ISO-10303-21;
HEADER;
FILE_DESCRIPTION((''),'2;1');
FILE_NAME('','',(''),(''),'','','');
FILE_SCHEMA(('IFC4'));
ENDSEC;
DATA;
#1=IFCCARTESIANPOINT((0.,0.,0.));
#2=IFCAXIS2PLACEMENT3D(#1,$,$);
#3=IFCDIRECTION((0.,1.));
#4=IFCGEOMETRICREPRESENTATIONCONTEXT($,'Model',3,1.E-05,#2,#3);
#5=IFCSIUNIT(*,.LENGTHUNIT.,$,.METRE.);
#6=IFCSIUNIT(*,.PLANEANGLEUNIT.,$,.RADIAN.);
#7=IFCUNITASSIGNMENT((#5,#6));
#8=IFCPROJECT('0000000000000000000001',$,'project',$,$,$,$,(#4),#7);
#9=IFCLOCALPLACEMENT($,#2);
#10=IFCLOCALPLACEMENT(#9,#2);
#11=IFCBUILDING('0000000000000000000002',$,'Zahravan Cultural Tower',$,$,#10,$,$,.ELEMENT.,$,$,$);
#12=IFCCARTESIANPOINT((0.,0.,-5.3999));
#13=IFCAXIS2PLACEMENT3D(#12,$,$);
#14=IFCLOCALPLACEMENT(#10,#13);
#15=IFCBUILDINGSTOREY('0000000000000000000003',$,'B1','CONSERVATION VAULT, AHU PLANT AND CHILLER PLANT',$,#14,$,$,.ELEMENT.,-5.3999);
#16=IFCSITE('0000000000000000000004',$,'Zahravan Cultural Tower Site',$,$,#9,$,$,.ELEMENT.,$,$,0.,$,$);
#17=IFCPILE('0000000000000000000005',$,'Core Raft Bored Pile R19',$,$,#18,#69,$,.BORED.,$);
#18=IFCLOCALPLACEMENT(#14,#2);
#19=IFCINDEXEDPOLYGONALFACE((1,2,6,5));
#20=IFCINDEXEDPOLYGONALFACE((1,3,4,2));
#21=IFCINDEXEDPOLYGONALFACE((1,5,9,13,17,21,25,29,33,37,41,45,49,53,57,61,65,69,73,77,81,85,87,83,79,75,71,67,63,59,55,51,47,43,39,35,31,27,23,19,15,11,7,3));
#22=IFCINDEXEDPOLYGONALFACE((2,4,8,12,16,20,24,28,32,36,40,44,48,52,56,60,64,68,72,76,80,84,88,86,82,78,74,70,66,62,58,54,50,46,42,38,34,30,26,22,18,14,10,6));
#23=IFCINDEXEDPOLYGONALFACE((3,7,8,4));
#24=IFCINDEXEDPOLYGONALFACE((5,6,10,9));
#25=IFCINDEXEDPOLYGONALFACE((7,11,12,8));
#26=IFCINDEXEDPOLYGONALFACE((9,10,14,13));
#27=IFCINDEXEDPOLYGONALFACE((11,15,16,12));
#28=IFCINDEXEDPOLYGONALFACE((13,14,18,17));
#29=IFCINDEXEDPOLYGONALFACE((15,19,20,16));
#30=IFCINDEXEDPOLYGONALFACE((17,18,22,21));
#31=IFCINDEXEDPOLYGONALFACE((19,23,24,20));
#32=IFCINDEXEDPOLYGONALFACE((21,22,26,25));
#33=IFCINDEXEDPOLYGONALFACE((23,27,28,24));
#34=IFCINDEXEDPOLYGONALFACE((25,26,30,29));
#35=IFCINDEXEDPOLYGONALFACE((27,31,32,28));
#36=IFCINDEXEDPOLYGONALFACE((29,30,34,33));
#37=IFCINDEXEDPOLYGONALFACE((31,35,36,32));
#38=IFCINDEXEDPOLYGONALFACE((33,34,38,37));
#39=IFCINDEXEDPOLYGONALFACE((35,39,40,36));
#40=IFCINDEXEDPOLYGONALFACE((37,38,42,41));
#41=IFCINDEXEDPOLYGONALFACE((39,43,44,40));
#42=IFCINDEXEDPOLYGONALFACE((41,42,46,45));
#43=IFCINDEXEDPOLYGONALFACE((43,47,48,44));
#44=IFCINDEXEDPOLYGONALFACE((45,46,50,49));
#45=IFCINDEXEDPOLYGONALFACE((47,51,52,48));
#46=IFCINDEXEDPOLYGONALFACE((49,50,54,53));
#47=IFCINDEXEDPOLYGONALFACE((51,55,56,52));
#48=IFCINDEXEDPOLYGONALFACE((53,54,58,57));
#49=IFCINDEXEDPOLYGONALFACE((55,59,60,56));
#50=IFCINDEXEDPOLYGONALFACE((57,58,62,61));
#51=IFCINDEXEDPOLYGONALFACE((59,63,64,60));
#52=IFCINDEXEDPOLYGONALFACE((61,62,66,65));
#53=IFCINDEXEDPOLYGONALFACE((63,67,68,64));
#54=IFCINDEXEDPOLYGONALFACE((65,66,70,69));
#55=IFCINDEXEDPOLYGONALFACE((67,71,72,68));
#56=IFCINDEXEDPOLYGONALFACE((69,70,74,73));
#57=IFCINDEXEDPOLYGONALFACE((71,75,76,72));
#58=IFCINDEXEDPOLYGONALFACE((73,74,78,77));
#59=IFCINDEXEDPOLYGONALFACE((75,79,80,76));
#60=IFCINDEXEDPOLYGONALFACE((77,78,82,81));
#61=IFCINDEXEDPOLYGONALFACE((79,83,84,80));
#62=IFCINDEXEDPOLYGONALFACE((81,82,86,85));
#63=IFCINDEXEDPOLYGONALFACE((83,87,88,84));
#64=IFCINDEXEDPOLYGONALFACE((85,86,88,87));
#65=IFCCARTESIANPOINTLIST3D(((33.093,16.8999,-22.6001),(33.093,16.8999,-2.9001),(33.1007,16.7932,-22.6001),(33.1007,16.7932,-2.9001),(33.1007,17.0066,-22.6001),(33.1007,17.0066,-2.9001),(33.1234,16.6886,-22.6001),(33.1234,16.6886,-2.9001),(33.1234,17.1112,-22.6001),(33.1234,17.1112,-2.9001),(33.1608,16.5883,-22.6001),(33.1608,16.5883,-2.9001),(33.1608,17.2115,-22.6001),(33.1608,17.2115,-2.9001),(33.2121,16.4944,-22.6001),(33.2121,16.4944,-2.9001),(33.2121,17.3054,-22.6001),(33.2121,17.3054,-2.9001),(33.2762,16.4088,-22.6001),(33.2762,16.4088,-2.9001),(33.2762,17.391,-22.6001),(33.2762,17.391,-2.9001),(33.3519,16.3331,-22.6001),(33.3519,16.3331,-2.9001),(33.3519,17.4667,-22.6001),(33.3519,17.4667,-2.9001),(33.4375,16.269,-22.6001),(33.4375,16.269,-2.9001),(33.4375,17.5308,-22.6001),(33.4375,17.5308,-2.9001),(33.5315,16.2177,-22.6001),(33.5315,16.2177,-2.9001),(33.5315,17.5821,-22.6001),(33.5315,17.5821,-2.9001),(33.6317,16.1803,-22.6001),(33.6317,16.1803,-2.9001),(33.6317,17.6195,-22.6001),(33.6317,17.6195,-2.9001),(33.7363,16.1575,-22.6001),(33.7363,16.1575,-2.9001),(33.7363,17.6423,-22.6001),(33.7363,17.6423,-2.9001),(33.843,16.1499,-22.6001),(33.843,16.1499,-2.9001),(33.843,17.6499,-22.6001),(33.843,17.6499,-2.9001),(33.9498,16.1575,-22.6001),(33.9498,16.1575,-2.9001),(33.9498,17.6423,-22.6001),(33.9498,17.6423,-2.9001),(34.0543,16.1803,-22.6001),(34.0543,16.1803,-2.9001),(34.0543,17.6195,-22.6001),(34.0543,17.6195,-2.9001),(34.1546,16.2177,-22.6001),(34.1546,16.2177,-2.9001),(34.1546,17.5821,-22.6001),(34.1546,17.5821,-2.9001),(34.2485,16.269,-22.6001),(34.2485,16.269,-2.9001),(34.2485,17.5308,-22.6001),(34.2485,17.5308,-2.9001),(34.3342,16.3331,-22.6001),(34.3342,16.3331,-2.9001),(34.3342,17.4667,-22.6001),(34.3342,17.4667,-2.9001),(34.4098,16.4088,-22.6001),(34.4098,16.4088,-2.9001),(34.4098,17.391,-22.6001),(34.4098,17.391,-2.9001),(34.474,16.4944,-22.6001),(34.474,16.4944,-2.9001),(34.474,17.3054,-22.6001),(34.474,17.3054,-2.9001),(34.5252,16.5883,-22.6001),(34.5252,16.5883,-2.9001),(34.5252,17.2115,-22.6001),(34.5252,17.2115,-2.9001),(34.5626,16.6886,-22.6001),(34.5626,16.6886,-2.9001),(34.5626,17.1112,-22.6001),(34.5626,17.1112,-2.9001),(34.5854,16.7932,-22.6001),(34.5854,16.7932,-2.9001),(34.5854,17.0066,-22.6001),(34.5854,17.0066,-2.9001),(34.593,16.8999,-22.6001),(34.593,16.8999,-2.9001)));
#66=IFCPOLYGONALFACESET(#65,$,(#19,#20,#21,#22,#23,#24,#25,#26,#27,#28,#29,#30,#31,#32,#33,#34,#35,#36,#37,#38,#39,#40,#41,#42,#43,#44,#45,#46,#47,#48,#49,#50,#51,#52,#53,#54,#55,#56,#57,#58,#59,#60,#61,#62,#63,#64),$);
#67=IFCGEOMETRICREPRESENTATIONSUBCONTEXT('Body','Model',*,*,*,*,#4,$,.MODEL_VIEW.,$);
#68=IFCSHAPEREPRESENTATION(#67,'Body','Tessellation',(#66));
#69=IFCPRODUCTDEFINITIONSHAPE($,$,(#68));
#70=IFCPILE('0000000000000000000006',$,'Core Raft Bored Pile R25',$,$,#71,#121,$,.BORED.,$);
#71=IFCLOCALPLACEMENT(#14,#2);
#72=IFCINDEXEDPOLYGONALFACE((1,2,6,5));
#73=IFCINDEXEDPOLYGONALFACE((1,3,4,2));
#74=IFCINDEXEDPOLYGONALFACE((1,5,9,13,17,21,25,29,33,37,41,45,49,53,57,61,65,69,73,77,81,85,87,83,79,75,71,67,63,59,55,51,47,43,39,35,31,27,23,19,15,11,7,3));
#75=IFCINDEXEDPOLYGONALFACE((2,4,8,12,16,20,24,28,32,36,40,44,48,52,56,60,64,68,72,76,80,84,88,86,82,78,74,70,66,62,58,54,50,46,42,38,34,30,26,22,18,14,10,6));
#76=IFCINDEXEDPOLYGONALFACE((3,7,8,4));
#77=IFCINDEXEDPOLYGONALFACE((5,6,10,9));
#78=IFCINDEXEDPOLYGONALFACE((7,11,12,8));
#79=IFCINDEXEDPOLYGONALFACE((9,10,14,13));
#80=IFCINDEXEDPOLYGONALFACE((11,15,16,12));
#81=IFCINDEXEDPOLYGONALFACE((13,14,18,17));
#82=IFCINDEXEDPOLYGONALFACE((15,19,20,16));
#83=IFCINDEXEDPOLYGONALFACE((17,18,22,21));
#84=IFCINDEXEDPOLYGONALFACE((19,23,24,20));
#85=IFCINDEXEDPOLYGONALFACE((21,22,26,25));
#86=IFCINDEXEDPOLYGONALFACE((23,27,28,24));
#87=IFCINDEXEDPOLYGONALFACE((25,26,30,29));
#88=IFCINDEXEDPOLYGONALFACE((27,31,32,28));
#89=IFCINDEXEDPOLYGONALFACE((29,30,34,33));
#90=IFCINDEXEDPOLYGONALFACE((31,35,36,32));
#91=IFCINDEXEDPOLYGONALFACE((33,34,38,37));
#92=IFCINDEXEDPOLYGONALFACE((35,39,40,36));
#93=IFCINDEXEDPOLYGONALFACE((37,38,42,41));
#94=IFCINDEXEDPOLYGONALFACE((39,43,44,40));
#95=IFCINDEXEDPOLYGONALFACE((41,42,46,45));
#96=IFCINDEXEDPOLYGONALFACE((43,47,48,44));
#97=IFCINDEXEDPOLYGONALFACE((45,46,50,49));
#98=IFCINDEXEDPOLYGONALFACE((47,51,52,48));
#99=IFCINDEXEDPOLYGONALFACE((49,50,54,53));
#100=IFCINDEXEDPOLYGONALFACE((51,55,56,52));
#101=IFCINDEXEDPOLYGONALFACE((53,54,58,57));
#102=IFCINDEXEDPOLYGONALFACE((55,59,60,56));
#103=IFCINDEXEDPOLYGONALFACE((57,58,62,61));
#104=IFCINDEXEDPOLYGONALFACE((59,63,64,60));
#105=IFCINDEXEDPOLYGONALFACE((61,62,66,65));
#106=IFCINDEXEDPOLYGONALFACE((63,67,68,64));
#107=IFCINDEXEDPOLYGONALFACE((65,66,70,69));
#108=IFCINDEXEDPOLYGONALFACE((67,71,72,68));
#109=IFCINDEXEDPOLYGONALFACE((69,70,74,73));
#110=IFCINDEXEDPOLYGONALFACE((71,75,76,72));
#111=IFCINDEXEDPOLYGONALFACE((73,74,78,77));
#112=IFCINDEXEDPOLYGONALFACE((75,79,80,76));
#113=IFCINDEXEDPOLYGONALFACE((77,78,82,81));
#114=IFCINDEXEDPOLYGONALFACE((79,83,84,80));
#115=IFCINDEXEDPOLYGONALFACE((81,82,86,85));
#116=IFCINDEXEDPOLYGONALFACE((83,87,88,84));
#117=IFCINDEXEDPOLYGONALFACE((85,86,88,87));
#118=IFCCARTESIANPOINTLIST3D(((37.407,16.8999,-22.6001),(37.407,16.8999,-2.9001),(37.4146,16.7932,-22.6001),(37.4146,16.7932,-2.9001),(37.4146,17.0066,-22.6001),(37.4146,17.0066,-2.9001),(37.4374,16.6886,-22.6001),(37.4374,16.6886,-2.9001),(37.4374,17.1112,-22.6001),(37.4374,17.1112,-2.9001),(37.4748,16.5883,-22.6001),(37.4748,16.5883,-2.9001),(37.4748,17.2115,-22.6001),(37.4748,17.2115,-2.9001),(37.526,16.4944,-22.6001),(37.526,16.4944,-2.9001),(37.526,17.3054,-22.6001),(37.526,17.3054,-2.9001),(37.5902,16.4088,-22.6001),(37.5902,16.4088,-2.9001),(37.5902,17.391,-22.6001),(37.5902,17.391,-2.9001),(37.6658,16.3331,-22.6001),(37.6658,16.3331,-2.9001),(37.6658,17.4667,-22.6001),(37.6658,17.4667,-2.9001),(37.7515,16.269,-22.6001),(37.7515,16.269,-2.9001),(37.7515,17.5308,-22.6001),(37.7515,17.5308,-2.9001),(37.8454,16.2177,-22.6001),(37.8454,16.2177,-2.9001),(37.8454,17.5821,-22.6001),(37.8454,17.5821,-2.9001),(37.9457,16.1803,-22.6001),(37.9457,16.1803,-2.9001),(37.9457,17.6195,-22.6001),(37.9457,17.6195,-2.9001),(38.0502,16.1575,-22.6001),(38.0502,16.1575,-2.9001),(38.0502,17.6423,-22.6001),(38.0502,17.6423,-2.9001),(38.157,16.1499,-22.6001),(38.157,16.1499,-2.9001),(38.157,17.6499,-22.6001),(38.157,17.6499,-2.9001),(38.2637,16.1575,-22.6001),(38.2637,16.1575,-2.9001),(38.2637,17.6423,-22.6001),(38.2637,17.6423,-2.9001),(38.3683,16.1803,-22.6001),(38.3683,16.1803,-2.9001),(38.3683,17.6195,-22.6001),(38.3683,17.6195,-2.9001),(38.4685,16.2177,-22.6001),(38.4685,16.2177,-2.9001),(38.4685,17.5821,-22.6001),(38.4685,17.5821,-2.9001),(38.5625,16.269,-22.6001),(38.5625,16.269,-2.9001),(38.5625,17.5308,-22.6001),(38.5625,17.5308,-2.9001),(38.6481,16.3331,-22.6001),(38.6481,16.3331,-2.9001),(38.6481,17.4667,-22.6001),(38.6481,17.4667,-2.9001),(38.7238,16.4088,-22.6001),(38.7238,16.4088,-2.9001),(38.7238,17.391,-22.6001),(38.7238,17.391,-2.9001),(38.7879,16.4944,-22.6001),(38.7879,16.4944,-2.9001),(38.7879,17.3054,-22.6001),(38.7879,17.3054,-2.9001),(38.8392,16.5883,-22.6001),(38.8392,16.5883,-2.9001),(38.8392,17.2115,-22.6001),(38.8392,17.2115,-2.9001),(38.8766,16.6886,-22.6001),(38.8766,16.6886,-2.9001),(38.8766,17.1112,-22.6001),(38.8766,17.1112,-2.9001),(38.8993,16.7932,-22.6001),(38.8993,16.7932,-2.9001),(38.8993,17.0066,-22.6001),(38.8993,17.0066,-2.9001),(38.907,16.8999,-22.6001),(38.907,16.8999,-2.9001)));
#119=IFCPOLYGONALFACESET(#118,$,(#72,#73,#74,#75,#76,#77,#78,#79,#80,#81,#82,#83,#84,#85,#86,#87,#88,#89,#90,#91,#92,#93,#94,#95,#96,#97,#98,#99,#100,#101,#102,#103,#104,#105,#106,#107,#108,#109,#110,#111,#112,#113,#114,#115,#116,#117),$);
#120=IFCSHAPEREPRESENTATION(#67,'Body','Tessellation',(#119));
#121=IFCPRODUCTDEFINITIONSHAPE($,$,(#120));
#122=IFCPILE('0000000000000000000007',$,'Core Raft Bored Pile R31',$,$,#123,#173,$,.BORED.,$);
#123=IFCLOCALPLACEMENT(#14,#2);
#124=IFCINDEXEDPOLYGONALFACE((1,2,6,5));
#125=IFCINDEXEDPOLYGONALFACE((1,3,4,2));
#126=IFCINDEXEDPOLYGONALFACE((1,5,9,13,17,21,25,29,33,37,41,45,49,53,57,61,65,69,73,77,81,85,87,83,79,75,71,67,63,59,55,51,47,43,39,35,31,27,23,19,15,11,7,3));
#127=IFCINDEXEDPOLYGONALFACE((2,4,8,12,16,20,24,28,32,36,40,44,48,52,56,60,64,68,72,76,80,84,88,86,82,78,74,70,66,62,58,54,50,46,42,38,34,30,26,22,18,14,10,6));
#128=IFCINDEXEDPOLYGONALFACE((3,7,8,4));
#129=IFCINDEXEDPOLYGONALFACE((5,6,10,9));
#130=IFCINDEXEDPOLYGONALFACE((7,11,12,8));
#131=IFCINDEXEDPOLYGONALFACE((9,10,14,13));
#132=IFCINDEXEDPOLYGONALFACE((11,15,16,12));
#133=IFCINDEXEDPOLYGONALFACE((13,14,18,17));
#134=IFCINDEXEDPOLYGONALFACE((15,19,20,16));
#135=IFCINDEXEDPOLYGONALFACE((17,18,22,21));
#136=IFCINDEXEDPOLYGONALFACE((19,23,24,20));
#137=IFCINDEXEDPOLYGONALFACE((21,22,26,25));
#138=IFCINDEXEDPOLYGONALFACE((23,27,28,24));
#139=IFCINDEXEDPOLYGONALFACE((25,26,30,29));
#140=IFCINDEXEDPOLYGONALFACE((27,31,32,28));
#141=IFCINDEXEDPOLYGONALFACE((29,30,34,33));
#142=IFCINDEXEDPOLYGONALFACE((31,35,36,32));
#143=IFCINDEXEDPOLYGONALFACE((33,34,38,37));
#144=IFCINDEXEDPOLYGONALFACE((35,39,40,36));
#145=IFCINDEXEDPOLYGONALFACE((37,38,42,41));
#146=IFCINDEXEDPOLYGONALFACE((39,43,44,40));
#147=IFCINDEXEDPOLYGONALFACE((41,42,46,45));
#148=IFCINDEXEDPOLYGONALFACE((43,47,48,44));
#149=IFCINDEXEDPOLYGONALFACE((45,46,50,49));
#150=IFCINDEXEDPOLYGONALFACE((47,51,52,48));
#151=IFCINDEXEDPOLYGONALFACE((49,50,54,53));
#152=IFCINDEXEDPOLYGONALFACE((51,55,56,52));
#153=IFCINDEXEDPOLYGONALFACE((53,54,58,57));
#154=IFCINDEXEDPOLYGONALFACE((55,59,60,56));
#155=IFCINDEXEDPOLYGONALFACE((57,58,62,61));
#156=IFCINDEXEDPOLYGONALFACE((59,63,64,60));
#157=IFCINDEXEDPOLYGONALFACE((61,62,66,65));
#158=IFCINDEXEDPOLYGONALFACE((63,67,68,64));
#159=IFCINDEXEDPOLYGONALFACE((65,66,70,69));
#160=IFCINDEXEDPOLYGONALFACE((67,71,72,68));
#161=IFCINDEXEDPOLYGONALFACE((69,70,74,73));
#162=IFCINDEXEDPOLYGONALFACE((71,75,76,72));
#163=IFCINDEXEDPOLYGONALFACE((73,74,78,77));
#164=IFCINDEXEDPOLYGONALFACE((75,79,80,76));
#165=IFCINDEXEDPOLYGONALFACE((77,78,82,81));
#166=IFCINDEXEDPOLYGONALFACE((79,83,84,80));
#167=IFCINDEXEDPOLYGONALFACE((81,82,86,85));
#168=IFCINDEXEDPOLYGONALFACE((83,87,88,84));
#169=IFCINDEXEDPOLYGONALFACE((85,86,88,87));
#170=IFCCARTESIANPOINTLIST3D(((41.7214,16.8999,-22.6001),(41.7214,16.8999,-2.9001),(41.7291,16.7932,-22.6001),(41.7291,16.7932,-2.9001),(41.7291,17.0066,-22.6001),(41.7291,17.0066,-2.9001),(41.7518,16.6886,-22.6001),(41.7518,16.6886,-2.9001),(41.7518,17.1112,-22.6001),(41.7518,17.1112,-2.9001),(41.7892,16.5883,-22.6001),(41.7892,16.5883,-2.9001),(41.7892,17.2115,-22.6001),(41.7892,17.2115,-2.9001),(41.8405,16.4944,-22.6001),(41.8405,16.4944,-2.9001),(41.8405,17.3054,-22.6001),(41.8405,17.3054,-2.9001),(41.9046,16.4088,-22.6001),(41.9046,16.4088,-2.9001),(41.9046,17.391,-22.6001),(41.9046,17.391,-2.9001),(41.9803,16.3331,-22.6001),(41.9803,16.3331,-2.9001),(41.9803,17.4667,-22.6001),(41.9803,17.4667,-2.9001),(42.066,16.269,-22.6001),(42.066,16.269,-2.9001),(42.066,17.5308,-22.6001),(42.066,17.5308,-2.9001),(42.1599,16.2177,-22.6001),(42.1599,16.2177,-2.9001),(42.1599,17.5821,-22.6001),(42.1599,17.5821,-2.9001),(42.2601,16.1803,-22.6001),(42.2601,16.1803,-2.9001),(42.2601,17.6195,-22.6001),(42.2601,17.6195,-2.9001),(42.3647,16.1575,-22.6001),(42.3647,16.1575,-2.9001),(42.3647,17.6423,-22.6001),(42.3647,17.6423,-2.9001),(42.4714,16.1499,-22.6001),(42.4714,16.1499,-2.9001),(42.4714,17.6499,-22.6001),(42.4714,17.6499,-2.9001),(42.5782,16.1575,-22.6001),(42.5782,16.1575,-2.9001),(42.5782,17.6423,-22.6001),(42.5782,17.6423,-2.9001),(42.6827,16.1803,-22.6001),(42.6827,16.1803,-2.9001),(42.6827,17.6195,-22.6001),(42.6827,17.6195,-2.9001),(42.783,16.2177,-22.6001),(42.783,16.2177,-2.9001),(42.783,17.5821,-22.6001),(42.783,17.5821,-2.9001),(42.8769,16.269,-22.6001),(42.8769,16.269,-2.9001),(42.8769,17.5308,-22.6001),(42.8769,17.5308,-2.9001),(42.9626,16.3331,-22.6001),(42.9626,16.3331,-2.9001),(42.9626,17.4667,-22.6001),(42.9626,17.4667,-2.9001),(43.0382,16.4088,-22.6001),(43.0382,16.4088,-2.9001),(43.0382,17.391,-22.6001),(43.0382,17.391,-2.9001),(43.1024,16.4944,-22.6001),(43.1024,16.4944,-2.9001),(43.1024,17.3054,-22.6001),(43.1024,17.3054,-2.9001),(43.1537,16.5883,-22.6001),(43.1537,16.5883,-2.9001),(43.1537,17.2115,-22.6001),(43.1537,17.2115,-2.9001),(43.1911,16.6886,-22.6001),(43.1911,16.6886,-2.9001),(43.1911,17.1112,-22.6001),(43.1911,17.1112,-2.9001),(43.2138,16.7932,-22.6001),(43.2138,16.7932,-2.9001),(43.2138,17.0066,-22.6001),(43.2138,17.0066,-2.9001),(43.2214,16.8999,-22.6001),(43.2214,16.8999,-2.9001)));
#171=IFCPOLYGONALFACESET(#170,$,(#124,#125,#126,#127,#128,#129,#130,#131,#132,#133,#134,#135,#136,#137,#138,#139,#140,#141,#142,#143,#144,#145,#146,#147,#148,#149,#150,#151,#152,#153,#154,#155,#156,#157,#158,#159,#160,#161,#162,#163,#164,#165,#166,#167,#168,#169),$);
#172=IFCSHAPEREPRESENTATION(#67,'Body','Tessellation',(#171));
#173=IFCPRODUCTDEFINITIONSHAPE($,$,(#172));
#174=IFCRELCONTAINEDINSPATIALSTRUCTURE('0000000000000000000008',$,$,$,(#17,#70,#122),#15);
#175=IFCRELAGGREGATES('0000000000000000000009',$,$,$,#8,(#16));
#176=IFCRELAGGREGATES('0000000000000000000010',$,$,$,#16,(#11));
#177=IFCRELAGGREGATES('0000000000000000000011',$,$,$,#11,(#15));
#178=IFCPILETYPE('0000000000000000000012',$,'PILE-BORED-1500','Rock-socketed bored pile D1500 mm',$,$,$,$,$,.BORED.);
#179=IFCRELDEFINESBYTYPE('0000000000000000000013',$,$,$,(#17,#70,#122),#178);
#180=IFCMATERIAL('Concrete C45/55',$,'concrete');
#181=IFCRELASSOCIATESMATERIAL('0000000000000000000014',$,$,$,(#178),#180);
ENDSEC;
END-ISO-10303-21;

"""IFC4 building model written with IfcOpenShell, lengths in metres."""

from ifc_helpers import new_model, si_unit, direction, frame, origin, origin_2d, place, context, subcontext, project, spatial, circle, extrude, material, material_profile, profile_set, type_object, element, save


model = new_model("IFC4")

# Units and contexts
model_context = context("Model", 3, precision=1e-05, world=origin(), true_north=direction((0.0, 1.0)))
body_context = subcontext(model_context, "Body", "Model", "MODEL_VIEW")
ifc_project = project(units=[si_unit("LENGTHUNIT", "METRE"), si_unit("PLANEANGLEUNIT", "RADIAN")], contexts=[model_context])

# Site, building, storey
site_placement = place(None, origin())
site = spatial("IfcSite", under=ifc_project, at=site_placement, Name="Zahravan Cultural Tower Site", CompositionType="ELEMENT", RefElevation=0.0)
building_placement = place(site_placement, origin())
building = spatial("IfcBuilding", under=site, at=building_placement, Name="Zahravan Cultural Tower", CompositionType="ELEMENT")
storey_placement = place(building_placement, frame((0.0, 0.0, -5.3999)))
storey = spatial("IfcBuildingStorey", under=building, at=storey_placement, Name="B1", Description="CONSERVATION VAULT, AHU PLANT AND CHILLER PLANT", CompositionType="ELEMENT", Elevation=-5.3999)

# Piles
ifc_material_1 = material(Name="Concrete C45/55", Category="concrete")
ifc_material_profile_1 = material_profile(ifc_material_1, circle(Radius=0.75, at=origin_2d()), Name="PILE-D1500")
ifc_profile_set_1 = profile_set([ifc_material_profile_1], Name="Concrete C45/55")
pile_type_1 = type_object("IfcPileType", Name="PILE-BORED-1500", Description="Rock-socketed bored pile D1500 mm", PredefinedType="BORED", material=ifc_profile_set_1)
for number, where, z_axis, x_axis, name in (
    (1, (33.843, 16.8999, -2.9001), (0.0, 0.0, -1.0), (1.0, 0.0, 0.0), "Core Raft Bored Pile R19"),
    (2, (38.157, 16.8999, -2.9001), (0.0, 0.0, -1.0), (1.0, 0.0, 0.0), "Core Raft Bored Pile R25"),
    (3, (42.4714, 16.8999, -2.9001), (0.0, 0.0, -1.0), (1.0, 0.0, 0.0), "Core Raft Bored Pile R31"),
):
    element("IfcPile", number, at=place(storey_placement, frame(where, z_axis=z_axis, x_axis=x_axis)), inside=storey, type_object=pile_type_1, Name=name, PredefinedType="BORED", context=body_context, shape_type="SweptSolid", body=[
        extrude(circle(Radius=0.75, at=origin_2d()), origin(), (0.0, 0.0, 1.0), 19.7),
    ])

save(model, "model.ifc")
